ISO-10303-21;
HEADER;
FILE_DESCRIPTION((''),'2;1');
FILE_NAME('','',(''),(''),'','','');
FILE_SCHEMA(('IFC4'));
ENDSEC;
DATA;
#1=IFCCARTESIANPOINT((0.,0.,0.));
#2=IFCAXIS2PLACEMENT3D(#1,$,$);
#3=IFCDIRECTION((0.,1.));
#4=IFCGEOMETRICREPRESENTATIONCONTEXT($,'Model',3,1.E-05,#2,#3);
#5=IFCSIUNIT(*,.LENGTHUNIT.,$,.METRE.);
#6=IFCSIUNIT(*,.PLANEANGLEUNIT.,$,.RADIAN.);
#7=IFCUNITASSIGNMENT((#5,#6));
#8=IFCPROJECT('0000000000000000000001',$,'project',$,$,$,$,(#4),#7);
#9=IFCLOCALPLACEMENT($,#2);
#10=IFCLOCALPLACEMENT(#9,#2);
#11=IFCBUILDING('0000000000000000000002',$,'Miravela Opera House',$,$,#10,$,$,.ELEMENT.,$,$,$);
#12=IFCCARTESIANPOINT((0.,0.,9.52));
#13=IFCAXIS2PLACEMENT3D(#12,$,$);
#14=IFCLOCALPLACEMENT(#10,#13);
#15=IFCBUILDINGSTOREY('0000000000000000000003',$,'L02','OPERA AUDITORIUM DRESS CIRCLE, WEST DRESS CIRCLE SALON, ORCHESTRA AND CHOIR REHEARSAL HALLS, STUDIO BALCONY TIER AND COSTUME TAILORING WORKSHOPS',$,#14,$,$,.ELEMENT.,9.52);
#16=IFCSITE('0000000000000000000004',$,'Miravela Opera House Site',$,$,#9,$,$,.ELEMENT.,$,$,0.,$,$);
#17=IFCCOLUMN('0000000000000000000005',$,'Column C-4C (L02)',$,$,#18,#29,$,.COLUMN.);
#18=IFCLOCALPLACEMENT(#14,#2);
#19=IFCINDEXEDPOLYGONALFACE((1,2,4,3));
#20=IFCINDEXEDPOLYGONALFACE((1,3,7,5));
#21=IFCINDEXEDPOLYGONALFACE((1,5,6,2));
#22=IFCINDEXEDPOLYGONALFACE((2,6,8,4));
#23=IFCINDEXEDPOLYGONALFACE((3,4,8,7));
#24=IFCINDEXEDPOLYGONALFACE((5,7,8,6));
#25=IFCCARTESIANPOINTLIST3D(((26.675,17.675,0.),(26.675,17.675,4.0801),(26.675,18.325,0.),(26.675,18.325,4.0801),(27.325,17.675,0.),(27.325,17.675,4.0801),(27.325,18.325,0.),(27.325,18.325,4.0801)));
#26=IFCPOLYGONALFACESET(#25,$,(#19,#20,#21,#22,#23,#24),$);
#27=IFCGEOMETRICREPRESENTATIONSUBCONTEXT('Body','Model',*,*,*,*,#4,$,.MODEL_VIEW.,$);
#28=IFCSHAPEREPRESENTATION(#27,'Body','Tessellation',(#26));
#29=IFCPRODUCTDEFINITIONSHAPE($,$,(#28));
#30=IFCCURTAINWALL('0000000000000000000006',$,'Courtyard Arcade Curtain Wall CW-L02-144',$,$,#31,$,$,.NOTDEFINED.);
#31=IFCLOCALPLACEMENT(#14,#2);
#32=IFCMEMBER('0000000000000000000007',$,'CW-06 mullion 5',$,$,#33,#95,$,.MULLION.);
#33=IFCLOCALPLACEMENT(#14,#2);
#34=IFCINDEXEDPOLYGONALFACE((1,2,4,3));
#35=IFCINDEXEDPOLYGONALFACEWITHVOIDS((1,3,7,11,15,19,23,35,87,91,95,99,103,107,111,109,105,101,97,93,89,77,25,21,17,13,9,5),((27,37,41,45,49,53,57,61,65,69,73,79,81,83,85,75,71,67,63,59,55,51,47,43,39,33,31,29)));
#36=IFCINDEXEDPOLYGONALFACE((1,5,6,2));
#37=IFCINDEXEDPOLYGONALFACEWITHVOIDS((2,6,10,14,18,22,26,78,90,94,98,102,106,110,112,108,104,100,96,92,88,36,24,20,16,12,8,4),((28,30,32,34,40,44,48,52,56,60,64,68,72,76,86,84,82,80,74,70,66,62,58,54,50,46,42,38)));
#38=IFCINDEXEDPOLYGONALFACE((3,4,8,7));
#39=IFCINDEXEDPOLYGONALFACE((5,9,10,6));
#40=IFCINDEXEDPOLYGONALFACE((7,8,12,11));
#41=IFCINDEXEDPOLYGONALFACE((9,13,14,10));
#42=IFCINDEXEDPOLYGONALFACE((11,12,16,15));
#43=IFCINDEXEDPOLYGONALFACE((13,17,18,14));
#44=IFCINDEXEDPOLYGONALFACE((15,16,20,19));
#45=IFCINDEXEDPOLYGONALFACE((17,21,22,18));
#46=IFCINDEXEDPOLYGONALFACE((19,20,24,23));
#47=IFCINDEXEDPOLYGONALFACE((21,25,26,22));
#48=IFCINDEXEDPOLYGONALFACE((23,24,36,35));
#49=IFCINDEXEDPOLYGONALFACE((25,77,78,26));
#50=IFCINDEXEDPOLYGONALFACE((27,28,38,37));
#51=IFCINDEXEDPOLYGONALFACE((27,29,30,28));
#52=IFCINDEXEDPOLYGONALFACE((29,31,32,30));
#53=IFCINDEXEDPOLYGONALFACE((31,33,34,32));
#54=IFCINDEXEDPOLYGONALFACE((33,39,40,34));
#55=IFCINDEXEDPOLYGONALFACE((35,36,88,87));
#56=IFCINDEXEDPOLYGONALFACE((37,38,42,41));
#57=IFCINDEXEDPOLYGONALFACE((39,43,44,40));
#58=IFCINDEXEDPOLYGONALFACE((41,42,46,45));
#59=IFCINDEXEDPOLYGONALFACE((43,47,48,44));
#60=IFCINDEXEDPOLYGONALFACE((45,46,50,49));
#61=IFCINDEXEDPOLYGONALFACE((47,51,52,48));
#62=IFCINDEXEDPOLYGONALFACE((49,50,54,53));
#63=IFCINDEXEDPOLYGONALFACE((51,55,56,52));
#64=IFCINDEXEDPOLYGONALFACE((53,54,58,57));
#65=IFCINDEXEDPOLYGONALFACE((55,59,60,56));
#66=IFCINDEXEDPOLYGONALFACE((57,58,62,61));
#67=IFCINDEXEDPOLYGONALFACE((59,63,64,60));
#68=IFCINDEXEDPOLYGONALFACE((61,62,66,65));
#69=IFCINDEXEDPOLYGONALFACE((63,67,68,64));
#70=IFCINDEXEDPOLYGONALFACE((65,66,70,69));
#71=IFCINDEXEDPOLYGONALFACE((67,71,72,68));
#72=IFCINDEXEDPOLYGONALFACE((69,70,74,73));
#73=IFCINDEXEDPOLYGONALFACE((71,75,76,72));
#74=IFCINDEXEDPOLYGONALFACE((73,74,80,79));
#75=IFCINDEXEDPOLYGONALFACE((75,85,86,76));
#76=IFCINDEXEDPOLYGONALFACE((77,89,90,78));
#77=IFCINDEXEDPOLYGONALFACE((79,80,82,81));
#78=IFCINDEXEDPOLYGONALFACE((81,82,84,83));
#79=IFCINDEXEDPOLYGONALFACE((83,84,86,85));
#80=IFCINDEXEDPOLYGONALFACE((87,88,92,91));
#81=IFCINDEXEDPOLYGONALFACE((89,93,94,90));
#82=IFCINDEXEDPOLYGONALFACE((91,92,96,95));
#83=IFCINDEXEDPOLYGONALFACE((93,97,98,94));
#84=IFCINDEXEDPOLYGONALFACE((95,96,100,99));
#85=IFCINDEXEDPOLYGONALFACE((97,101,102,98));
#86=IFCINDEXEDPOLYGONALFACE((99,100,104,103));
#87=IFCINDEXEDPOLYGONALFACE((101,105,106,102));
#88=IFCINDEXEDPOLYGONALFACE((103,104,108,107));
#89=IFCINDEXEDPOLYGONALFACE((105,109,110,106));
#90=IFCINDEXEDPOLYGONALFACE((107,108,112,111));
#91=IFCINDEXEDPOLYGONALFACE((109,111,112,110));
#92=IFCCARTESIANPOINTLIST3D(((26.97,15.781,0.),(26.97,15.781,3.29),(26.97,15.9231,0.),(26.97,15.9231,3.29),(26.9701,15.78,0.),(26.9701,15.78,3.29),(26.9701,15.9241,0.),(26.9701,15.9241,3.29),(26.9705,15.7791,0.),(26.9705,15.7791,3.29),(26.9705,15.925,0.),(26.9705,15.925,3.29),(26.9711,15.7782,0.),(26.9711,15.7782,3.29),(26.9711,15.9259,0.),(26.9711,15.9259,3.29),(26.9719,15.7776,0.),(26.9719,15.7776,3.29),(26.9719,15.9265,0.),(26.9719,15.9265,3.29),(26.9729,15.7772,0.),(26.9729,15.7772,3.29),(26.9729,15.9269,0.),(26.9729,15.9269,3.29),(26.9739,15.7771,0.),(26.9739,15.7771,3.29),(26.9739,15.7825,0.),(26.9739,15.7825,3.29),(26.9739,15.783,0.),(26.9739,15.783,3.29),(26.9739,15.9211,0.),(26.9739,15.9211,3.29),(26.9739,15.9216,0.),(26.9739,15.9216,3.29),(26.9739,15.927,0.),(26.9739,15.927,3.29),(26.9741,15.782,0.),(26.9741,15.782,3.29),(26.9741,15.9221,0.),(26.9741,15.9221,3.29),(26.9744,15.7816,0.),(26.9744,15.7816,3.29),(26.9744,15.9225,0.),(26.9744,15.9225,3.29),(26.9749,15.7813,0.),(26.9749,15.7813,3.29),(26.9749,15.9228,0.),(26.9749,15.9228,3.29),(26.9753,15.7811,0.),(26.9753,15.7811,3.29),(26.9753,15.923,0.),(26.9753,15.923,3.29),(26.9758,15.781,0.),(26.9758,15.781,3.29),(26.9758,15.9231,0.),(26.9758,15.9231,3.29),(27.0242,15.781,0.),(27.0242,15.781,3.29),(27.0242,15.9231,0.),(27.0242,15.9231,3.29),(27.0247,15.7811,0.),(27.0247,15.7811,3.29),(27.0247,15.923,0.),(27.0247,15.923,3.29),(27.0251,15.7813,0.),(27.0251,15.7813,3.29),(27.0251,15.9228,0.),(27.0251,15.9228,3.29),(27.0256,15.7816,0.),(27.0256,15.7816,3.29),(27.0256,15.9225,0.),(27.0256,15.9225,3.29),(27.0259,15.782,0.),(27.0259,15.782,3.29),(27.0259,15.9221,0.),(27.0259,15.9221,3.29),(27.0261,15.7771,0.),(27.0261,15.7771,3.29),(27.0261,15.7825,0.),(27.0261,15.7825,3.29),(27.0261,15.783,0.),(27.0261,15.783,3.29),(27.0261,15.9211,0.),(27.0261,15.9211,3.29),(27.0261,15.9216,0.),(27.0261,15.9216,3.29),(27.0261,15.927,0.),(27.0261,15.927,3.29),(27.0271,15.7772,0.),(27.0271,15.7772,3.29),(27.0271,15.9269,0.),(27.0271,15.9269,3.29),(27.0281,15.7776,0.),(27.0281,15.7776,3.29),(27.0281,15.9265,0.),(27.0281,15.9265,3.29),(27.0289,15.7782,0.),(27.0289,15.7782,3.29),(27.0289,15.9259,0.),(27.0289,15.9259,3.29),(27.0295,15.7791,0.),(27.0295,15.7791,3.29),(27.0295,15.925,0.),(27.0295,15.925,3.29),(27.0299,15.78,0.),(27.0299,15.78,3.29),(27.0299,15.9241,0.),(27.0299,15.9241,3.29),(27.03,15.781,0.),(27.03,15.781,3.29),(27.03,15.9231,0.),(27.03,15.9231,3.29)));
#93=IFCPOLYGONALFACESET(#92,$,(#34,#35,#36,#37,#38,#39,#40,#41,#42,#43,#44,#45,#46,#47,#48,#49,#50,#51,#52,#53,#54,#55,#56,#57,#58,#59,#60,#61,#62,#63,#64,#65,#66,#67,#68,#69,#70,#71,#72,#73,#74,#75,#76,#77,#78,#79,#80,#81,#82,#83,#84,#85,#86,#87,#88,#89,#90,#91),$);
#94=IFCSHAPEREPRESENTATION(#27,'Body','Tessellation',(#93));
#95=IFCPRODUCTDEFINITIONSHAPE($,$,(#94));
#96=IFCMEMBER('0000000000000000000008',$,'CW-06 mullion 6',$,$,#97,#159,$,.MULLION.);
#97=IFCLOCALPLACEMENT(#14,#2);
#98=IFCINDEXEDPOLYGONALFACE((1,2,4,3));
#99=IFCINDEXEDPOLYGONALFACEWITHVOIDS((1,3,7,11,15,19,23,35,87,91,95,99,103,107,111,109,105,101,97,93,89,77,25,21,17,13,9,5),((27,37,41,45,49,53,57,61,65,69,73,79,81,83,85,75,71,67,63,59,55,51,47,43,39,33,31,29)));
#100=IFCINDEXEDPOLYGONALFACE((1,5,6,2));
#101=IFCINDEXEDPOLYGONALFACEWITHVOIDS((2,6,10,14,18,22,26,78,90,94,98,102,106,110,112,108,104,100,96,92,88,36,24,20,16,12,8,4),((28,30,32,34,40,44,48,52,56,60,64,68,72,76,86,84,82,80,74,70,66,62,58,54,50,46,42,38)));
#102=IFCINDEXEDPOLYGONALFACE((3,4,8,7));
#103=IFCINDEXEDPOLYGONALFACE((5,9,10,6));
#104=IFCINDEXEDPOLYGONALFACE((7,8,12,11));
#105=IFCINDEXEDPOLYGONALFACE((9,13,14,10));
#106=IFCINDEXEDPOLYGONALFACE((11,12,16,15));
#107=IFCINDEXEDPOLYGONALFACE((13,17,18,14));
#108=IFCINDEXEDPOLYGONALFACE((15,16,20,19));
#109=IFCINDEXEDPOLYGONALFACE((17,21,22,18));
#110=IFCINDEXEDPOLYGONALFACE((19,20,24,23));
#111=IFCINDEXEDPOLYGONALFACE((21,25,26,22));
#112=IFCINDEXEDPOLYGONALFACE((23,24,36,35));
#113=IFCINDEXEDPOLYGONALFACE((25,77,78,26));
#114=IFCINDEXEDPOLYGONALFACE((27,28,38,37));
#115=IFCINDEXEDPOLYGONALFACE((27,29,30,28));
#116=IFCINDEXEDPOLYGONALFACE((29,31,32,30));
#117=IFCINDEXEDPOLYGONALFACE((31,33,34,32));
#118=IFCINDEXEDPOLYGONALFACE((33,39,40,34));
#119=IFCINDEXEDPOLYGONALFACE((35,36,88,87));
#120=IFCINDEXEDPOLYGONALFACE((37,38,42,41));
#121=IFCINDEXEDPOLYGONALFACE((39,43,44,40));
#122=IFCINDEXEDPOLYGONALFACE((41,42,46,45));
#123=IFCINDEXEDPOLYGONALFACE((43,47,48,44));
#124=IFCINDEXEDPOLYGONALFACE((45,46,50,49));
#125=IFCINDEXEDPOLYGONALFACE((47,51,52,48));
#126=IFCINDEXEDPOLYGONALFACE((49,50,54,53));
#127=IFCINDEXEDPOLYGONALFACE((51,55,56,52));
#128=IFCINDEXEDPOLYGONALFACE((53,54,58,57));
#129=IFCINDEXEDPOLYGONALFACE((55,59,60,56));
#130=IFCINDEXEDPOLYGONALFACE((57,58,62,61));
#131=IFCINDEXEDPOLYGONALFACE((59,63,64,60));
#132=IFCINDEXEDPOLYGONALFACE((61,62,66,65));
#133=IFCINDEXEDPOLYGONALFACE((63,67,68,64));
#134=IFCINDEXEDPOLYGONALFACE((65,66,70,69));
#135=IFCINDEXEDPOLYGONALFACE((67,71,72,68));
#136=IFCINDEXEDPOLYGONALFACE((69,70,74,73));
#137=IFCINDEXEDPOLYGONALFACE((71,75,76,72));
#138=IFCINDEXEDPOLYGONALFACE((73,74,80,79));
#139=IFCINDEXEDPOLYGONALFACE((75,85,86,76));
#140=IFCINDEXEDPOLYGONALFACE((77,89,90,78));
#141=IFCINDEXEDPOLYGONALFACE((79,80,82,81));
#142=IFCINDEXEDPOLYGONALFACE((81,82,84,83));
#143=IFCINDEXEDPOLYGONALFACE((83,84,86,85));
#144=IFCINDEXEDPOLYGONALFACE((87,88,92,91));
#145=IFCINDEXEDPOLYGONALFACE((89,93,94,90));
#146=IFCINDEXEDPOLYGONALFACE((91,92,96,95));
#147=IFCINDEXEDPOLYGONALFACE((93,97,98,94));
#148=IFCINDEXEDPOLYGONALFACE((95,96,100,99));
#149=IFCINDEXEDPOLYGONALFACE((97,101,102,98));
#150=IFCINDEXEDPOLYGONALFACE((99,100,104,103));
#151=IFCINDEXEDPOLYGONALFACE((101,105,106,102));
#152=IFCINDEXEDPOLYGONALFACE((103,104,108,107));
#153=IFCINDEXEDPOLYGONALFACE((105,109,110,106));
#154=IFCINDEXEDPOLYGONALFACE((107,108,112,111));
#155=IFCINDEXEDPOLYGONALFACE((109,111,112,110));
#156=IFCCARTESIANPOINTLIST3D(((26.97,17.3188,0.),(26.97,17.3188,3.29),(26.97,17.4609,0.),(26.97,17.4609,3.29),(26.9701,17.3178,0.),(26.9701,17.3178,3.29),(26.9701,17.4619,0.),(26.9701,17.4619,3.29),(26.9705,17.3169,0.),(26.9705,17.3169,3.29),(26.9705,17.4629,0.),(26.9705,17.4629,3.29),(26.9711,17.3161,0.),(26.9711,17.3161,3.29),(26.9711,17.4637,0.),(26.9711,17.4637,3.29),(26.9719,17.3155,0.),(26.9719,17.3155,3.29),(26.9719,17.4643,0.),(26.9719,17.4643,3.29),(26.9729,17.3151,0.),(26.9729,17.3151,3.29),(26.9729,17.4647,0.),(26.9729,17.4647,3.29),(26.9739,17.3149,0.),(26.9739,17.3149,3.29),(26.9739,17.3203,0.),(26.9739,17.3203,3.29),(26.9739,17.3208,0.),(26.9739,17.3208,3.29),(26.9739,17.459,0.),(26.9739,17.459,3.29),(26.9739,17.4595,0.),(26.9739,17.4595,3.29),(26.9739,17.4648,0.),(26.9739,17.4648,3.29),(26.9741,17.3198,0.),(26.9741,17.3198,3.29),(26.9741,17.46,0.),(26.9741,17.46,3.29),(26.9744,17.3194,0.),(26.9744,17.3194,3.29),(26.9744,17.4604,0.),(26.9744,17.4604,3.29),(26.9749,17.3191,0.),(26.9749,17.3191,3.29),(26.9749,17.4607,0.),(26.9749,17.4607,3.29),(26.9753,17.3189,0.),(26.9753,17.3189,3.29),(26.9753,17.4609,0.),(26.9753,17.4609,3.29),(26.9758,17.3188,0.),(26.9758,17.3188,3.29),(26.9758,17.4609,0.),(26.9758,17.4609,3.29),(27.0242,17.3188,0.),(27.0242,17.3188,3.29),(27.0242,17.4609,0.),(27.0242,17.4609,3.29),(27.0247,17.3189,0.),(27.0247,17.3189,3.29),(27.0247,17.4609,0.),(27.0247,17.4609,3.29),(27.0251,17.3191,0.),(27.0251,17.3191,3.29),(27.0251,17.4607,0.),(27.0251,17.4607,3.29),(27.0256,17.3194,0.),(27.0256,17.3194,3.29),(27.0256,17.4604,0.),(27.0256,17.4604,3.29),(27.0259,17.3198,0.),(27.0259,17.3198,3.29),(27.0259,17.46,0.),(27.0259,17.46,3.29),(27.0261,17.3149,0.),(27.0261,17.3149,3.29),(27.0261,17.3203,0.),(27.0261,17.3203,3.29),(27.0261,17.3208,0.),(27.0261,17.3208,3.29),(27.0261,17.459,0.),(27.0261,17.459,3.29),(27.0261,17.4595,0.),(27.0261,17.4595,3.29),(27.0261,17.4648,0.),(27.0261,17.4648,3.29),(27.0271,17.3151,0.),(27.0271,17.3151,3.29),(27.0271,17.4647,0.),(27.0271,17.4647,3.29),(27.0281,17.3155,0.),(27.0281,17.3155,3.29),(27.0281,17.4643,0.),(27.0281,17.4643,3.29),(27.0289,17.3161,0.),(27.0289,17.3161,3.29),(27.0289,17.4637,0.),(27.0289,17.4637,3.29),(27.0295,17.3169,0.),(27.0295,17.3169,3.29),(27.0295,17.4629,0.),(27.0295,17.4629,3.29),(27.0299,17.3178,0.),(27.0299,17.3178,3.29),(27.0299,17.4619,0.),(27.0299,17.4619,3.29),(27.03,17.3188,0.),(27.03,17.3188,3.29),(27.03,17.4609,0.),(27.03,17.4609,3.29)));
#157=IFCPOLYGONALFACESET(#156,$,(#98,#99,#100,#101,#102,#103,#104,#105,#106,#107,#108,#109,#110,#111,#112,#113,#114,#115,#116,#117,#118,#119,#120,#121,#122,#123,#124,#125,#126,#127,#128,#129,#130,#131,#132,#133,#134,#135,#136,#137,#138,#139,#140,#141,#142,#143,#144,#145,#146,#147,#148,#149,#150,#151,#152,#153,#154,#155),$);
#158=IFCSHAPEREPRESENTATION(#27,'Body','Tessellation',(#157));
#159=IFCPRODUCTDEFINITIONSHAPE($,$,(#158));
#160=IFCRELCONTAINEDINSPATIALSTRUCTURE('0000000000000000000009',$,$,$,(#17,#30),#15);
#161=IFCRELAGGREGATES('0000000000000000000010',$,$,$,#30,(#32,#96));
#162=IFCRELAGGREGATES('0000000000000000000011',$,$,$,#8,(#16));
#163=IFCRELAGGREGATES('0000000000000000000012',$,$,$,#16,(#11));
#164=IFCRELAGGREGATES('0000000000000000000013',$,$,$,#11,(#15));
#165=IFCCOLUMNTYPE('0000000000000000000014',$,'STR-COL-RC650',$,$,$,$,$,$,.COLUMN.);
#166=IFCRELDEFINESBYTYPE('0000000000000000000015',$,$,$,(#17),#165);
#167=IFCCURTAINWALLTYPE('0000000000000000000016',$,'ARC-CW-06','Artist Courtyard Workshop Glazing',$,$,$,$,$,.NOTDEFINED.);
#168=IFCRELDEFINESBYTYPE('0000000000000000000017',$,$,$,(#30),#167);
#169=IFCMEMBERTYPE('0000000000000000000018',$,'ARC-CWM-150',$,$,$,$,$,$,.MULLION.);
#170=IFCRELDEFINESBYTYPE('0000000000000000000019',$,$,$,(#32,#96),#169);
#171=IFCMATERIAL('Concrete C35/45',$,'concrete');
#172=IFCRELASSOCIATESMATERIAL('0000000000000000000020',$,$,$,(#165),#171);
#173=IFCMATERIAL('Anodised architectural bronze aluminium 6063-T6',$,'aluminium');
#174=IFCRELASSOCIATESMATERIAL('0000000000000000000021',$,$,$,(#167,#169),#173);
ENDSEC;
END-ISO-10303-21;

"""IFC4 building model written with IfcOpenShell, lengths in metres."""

from ifc_helpers import new_model, si_unit, direction, frame, origin, origin_2d, place, context, subcontext, project, spatial, rectangle, hollow_rectangle, extrude, material, material_profile, profile_set, type_object, element, aggregate, save


model = new_model("IFC4")

# Units and contexts
model_context = context("Model", 3, precision=1e-05, world=origin(), true_north=direction((0.0, 1.0)))
body_context = subcontext(model_context, "Body", "Model", "MODEL_VIEW")
ifc_project = project(units=[si_unit("LENGTHUNIT", "METRE"), si_unit("PLANEANGLEUNIT", "RADIAN")], contexts=[model_context])

# Site, building, storey
site_placement = place(None, origin())
site = spatial("IfcSite", under=ifc_project, at=site_placement, Name="Miravela Opera House Site", CompositionType="ELEMENT", RefElevation=0.0)
building_placement = place(site_placement, origin())
building = spatial("IfcBuilding", under=site, at=building_placement, Name="Miravela Opera House", CompositionType="ELEMENT")
storey_placement = place(building_placement, frame((0.0, 0.0, 9.52)))
storey = spatial("IfcBuildingStorey", under=building, at=storey_placement, Name="L02", Description="OPERA AUDITORIUM DRESS CIRCLE, WEST DRESS CIRCLE SALON, ORCHESTRA AND CHOIR REHEARSAL HALLS, STUDIO BALCONY TIER AND COSTUME TAILORING WORKSHOPS", CompositionType="ELEMENT", Elevation=9.52)

# Column
ifc_material_1 = material(Name="Concrete C35/45", Category="concrete")
ifc_material_profile_1 = material_profile(ifc_material_1, rectangle(XDim=0.6499, YDim=0.6499, at=origin_2d()), Name="RC-COL-650X650")
ifc_profile_set_1 = profile_set([ifc_material_profile_1])
column_type = type_object("IfcColumnType", Name="STR-COL-RC650", PredefinedType="COLUMN", material=ifc_profile_set_1)
column_placement = place(storey_placement, frame((27.0, 18.0, 0.0), z_axis=(0.0, 0.0, 1.0), x_axis=(1.0, 0.0, 0.0)))
element("IfcColumn", 1, at=column_placement, inside=storey, type_object=column_type, Name="Column C-4C (L02)", PredefinedType="COLUMN", context=body_context, shape_type="SweptSolid", body=[
    extrude(rectangle(XDim=0.6499, YDim=0.6499, at=origin_2d()), origin(), (0.0, 0.0, 1.0), 4.0801),
])

# Curtain wall, members
ifc_material_2 = material(Name="Anodised architectural bronze aluminium 6063-T6", Category="aluminium")
curtain_wall_type = type_object("IfcCurtainWallType", Name="ARC-CW-06", Description="Artist Courtyard Workshop Glazing", PredefinedType="NOTDEFINED", material=ifc_material_2)
curtain_wall_1_placement = place(storey_placement, origin())
curtain_wall_1 = element("IfcCurtainWall", 2, at=curtain_wall_1_placement, inside=storey, type_object=curtain_wall_type, Name="Courtyard Arcade Curtain Wall CW-L02-144", PredefinedType="NOTDEFINED")
ifc_material_profile_2 = material_profile(ifc_material_2, hollow_rectangle(XDim=0.0601, YDim=0.1499, WallThickness=0.0039, InnerFilletRadius=0.002, OuterFilletRadius=0.0039, at=origin_2d()), Name="CWM-60X150")
ifc_profile_set_2 = profile_set([ifc_material_profile_2])
member_type_1 = type_object("IfcMemberType", Name="ARC-CWM-150", PredefinedType="MULLION", material=ifc_profile_set_2)
member_1_placement = place(storey_placement, frame((27.0, 15.8521, 0.0), z_axis=(0.0, 0.0, 1.0), x_axis=(-1.0, 0.0, 0.0)))
member_1 = element("IfcMember", 3, at=member_1_placement, type_object=member_type_1, Name="CW-06 mullion 5", PredefinedType="MULLION", context=body_context, shape_type="SweptSolid", body=[
    extrude(hollow_rectangle(XDim=0.0601, YDim=0.1499, WallThickness=0.0039, InnerFilletRadius=0.002, OuterFilletRadius=0.0039, at=origin_2d()), origin(), (0.0, 0.0, 1.0), 3.29),
])
member_2_placement = place(storey_placement, frame((27.0, 17.3899, 0.0), z_axis=(0.0, 0.0, 1.0), x_axis=(-1.0, 0.0, 0.0)))
member_2 = element("IfcMember", 4, at=member_2_placement, type_object=member_type_1, Name="CW-06 mullion 6", PredefinedType="MULLION", context=body_context, shape_type="SweptSolid", body=[
    extrude(hollow_rectangle(XDim=0.0601, YDim=0.1499, WallThickness=0.0039, InnerFilletRadius=0.002, OuterFilletRadius=0.0039, at=origin_2d()), origin(), (0.0, 0.0, 1.0), 3.29),
])

aggregate(curtain_wall_1, [member_1, member_2])

save(model, "model.ifc")
